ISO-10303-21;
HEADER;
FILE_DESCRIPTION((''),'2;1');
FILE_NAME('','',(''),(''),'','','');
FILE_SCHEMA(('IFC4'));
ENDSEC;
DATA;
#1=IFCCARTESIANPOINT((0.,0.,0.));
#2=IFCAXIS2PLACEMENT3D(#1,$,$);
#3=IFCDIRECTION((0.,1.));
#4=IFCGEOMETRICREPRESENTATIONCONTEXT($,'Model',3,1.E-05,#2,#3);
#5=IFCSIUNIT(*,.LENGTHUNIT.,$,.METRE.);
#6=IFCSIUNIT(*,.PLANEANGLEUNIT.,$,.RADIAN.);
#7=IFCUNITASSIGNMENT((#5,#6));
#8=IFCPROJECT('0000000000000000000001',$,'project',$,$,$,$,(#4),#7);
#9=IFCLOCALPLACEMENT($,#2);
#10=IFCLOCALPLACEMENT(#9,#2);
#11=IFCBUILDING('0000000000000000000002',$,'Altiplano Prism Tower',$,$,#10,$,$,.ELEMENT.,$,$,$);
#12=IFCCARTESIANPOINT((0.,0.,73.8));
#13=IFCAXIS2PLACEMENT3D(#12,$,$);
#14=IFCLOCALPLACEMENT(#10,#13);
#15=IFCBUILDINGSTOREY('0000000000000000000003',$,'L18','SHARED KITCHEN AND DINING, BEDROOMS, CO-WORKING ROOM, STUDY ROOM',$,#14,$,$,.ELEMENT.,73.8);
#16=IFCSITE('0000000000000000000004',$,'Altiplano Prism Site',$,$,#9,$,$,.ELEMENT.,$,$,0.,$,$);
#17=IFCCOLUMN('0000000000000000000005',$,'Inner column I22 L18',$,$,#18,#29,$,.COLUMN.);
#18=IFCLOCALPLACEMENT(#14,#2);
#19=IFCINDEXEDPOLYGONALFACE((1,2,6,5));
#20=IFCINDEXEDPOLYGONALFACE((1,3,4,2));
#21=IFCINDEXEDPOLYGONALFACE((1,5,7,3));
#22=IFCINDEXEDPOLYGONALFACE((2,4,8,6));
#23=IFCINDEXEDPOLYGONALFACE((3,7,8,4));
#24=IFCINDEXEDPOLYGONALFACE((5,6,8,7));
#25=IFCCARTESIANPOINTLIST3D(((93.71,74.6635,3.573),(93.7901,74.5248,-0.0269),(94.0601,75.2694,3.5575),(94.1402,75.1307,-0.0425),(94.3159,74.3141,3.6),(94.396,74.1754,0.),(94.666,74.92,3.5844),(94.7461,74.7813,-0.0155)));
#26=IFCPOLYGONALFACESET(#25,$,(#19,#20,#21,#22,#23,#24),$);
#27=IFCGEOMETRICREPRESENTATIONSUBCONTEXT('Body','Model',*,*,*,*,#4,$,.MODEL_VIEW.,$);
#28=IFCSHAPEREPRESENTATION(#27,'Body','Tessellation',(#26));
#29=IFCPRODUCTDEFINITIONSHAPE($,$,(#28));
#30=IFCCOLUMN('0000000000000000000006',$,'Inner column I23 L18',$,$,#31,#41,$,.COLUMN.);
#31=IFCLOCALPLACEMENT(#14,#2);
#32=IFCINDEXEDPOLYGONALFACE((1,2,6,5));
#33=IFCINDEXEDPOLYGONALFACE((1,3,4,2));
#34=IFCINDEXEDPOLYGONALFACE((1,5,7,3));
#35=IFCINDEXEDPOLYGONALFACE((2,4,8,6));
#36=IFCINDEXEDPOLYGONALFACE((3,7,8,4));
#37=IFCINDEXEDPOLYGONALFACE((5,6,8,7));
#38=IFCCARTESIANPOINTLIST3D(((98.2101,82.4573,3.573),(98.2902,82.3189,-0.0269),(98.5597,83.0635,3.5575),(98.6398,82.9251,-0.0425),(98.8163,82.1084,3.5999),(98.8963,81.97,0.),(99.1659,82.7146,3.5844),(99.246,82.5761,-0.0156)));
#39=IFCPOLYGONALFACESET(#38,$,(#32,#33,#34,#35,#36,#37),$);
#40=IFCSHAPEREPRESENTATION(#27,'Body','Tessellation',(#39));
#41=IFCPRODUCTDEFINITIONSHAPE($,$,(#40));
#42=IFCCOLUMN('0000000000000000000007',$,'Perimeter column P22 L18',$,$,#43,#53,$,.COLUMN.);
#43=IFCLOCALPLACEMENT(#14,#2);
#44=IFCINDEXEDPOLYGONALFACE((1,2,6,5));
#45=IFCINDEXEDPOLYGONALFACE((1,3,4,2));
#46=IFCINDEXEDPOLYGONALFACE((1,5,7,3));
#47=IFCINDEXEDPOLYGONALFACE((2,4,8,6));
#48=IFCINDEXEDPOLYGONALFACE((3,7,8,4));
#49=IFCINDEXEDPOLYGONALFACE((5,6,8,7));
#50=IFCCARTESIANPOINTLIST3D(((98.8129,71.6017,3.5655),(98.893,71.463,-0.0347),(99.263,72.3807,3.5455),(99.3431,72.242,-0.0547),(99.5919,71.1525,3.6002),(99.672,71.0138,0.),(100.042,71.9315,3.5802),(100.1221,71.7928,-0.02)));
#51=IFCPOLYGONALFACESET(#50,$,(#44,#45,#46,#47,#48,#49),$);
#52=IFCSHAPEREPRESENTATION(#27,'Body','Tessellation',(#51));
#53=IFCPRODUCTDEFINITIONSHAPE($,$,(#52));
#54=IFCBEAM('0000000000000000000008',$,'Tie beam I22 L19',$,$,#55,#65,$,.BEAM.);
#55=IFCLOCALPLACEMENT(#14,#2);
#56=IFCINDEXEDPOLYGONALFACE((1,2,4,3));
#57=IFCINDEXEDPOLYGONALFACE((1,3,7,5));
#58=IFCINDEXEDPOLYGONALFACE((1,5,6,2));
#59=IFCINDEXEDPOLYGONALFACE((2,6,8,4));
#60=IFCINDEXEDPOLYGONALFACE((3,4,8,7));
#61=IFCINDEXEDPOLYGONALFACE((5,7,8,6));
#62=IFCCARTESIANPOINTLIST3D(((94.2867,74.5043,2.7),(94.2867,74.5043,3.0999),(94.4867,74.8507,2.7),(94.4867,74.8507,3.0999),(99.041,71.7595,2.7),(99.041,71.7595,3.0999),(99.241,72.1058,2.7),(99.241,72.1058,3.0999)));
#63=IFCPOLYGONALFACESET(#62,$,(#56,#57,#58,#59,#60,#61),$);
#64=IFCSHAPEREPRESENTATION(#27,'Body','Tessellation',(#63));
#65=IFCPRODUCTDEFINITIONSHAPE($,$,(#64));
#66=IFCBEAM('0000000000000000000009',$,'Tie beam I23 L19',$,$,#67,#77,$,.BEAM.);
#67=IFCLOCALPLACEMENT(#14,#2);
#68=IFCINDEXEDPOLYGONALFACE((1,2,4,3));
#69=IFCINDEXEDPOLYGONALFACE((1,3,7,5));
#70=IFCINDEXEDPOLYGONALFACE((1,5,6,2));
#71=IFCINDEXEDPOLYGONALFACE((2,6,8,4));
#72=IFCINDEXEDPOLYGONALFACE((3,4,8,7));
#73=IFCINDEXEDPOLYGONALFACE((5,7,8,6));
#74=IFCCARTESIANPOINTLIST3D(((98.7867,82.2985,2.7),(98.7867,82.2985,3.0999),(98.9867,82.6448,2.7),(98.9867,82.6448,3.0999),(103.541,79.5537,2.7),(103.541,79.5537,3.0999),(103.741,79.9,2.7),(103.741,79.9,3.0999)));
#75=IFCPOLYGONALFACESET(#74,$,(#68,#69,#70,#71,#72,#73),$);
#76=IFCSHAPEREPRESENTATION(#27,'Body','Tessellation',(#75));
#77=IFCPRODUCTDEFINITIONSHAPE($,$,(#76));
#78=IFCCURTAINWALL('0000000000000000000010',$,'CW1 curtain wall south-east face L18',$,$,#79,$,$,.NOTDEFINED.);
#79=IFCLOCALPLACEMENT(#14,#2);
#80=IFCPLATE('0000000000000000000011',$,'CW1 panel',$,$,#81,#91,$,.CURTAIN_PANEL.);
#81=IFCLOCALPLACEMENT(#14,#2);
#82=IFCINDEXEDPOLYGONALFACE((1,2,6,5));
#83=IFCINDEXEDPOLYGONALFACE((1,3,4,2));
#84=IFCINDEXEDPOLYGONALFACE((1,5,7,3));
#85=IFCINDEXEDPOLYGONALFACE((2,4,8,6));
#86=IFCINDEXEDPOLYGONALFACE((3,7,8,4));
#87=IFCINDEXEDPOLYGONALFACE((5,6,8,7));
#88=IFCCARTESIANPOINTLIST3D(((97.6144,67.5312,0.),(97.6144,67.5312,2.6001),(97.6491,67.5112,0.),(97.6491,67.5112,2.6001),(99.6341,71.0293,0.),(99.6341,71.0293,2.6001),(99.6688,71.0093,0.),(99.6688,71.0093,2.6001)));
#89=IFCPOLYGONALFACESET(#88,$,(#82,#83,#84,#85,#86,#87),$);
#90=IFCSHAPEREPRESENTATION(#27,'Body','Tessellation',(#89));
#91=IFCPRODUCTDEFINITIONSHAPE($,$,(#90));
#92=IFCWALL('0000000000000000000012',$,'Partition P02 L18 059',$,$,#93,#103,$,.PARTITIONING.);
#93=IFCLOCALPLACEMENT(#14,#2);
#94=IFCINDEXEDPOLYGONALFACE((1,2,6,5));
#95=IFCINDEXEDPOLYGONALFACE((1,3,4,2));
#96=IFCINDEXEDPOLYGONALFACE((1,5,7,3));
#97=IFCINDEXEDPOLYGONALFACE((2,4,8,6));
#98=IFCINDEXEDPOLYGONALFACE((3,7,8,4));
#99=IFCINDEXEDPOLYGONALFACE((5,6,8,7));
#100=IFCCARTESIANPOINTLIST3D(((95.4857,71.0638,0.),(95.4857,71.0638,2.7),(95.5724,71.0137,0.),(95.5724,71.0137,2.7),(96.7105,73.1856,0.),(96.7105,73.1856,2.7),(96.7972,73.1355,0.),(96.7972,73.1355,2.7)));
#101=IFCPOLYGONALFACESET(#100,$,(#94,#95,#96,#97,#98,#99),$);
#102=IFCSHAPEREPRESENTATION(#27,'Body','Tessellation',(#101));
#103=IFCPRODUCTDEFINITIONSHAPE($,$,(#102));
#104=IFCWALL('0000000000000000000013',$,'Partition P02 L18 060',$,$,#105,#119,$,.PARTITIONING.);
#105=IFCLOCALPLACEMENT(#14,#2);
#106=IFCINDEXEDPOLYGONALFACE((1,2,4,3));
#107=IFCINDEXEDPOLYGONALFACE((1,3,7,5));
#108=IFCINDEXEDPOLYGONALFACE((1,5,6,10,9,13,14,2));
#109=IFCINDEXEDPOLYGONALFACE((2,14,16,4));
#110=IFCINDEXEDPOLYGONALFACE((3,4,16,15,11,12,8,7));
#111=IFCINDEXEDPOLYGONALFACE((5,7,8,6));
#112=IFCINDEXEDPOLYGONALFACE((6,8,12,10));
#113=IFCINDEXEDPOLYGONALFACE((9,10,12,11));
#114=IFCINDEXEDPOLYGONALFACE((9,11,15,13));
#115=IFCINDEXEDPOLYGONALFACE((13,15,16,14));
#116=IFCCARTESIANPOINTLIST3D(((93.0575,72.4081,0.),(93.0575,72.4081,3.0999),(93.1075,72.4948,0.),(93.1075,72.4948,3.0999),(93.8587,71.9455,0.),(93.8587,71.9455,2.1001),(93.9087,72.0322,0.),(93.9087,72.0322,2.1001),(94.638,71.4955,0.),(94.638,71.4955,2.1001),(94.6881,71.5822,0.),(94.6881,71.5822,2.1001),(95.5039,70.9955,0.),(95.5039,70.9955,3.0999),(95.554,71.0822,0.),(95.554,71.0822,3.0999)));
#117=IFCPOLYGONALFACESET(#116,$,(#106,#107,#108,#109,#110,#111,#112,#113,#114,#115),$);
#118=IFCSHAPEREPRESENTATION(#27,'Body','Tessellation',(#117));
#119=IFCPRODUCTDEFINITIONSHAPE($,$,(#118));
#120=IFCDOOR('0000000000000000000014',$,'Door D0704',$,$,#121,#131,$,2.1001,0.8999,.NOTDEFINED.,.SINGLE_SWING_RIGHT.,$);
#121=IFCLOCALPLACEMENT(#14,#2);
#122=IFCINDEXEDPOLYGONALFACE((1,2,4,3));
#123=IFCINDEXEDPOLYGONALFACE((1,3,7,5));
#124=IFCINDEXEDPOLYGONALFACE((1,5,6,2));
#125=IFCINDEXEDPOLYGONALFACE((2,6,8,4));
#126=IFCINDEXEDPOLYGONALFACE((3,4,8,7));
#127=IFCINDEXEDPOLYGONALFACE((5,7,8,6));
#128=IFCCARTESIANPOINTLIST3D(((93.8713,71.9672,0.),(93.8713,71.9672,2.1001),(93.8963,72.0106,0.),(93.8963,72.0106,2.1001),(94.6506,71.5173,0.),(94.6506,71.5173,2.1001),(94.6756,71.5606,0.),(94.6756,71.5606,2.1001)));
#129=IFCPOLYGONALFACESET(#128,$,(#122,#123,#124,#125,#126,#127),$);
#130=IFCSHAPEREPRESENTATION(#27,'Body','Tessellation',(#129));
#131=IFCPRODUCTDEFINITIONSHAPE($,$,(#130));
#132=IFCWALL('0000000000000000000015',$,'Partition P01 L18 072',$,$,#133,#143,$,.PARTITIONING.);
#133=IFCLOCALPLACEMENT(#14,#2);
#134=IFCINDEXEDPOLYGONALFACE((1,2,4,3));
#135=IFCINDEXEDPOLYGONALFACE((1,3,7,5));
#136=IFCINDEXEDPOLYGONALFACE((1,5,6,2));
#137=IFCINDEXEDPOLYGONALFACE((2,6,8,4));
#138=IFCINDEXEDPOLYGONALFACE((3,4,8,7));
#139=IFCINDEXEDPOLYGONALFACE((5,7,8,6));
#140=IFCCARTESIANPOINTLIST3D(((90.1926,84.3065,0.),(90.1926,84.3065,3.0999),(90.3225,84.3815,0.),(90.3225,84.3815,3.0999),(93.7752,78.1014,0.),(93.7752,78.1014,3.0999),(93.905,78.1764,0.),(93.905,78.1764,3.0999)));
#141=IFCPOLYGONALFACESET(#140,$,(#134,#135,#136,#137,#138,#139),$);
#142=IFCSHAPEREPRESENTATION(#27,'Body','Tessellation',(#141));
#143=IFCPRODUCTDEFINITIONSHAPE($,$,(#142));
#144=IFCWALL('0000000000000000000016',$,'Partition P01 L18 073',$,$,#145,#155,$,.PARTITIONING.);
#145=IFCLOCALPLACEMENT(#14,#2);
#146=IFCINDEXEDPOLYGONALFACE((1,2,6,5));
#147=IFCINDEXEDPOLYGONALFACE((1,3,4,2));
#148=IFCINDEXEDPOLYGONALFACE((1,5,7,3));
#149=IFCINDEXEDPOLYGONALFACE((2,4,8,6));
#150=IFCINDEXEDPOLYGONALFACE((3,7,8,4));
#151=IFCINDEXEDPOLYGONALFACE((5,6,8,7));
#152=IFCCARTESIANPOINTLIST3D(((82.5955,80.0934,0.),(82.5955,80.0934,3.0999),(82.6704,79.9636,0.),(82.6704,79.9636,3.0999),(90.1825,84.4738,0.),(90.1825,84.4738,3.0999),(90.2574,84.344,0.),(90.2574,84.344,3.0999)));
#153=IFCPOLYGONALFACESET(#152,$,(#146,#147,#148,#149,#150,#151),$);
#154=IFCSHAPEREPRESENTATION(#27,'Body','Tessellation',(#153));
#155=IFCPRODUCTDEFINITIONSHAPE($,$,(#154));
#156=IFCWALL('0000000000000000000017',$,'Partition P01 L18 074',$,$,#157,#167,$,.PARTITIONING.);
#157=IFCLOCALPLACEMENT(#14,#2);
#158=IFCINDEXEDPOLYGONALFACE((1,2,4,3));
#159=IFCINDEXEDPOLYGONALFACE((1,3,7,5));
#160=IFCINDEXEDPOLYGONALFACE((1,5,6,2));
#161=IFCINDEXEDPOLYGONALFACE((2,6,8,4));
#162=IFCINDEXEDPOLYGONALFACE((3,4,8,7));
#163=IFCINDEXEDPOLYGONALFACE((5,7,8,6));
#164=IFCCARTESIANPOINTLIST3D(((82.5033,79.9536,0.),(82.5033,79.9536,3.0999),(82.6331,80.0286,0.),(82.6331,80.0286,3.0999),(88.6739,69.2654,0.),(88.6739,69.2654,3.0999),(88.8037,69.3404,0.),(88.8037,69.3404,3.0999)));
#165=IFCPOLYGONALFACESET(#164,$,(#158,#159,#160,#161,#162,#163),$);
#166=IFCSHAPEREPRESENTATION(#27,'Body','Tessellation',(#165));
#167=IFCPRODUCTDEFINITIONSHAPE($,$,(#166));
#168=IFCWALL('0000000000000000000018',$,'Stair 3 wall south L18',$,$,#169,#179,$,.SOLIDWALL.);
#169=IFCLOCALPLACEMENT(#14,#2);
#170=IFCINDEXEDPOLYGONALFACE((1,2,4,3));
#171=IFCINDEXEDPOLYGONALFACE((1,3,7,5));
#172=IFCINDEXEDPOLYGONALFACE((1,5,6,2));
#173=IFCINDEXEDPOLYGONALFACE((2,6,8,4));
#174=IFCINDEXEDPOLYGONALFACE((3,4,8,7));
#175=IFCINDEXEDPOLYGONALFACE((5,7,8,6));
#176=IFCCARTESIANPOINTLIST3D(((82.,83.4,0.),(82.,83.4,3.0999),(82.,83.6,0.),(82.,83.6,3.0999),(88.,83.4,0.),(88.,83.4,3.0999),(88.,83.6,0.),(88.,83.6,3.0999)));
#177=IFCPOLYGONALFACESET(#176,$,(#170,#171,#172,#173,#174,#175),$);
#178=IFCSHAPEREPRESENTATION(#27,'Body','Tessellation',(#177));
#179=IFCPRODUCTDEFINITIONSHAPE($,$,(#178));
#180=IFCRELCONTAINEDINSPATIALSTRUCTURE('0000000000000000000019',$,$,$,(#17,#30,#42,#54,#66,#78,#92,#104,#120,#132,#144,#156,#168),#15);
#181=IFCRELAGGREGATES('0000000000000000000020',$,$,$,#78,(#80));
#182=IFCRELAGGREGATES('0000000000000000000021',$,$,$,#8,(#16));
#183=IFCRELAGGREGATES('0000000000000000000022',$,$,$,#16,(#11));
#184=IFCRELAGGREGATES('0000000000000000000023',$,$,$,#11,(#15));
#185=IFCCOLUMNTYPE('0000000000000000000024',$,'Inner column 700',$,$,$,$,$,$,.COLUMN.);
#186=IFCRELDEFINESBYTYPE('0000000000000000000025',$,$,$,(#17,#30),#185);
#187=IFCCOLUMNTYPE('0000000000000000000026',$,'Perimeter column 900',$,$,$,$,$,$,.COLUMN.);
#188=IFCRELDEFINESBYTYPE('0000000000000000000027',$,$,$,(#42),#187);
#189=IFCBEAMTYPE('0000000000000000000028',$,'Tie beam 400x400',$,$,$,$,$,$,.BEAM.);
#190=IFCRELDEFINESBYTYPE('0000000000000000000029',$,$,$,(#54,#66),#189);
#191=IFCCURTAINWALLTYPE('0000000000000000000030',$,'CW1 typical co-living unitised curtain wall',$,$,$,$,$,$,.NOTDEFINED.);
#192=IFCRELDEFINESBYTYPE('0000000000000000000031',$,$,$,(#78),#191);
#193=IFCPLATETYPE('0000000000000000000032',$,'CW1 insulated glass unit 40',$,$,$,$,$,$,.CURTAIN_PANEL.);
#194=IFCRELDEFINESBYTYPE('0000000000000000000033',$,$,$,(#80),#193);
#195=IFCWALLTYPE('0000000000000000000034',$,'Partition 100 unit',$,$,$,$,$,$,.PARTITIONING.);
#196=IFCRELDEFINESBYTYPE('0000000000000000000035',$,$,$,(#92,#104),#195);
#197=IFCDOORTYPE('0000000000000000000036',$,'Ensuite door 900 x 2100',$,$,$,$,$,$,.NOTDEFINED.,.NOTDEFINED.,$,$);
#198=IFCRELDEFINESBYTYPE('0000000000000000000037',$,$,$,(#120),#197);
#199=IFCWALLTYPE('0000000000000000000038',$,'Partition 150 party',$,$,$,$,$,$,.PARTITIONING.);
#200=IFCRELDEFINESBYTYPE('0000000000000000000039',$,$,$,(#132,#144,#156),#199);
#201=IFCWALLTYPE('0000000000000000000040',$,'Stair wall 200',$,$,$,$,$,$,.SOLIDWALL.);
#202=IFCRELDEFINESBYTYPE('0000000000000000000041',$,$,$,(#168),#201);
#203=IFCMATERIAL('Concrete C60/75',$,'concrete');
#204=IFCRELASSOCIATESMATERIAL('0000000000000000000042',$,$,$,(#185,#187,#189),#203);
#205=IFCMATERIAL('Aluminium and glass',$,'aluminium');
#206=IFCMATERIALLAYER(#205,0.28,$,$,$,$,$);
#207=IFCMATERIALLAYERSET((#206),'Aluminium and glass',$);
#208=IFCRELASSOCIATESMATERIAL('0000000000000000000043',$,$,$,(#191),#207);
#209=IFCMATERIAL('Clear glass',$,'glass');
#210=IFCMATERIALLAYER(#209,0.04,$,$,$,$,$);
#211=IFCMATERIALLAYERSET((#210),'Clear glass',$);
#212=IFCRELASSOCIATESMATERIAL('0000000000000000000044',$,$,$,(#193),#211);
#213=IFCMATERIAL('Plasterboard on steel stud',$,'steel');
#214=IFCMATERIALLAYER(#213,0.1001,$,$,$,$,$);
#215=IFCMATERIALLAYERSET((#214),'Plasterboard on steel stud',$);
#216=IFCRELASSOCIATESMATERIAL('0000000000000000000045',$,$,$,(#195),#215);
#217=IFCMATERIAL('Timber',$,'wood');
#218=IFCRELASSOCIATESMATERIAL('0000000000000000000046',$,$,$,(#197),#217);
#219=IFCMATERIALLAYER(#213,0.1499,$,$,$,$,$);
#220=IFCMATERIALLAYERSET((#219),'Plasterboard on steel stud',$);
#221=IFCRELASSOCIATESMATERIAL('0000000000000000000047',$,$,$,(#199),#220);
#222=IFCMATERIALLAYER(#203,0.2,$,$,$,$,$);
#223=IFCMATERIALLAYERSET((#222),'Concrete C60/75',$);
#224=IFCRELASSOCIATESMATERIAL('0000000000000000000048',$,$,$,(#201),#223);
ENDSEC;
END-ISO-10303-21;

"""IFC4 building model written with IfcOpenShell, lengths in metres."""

from ifc_helpers import new_model, si_unit, direction, frame, frame_2d, origin, origin_2d, place, context, subcontext, project, spatial, rectangle, extrude, material, layer, layer_set, material_profile, profile_set, type_object, element, fill, aggregate, save


model = new_model("IFC4")

# Units and contexts
model_context = context("Model", 3, precision=1e-05, world=origin(), true_north=direction((0.0, 1.0)))
body_context = subcontext(model_context, "Body", "Model", "MODEL_VIEW")
ifc_project = project(units=[si_unit("LENGTHUNIT", "METRE"), si_unit("PLANEANGLEUNIT", "RADIAN")], contexts=[model_context])

# Site, building, storey
site_placement = place(None, origin())
site = spatial("IfcSite", under=ifc_project, at=site_placement, Name="Altiplano Prism Site", CompositionType="ELEMENT", RefElevation=0.0)
building_placement = place(site_placement, origin())
building = spatial("IfcBuilding", under=site, at=building_placement, Name="Altiplano Prism Tower", CompositionType="ELEMENT")
storey_placement = place(building_placement, frame((0.0, 0.0, 73.8)))
storey = spatial("IfcBuildingStorey", under=building, at=storey_placement, Name="L18", Description="SHARED KITCHEN AND DINING, BEDROOMS, CO-WORKING ROOM, STUDY ROOM", CompositionType="ELEMENT", Elevation=73.8)

# Columns
ifc_material_1 = material(Name="Concrete C60/75", Category="concrete")
ifc_material_profile_1 = material_profile(ifc_material_1, rectangle(XDim=0.7, YDim=0.7, at=origin_2d()), Name="Inner column 700")
ifc_profile_set_1 = profile_set([ifc_material_profile_1], Name="Concrete C60/75")
column_type_1 = type_object("IfcColumnType", Name="Inner column 700", PredefinedType="COLUMN", material=ifc_profile_set_1)
for number, where, z_axis, x_axis, name in (
    (1, (94.2681, 74.6531, -0.0212), (-0.022223, 0.038483, 0.999012), (-0.500175, -0.865639, 0.022219), "Inner column I22 L18"),
    (2, (98.7681, 82.4475, -0.0212), (-0.022223, 0.038416, 0.999015), (-0.499513, -0.866022, 0.02219), "Inner column I23 L18"),
):
    element("IfcColumn", number, at=place(storey_placement, frame(where, z_axis=z_axis, x_axis=x_axis)), inside=storey, type_object=column_type_1, Name=name, PredefinedType="COLUMN", context=body_context, shape_type="SweptSolid", body=[
        extrude(rectangle(XDim=0.7, YDim=0.7, at=origin_2d()), origin(), (0.0, 0.0, 1.0), 3.6035),
    ])
ifc_material_profile_2 = material_profile(ifc_material_1, rectangle(XDim=0.8999, YDim=0.8999, at=origin_2d()), Name="Perimeter column 900")
ifc_profile_set_2 = profile_set([ifc_material_profile_2], Name="Concrete C60/75")
column_type_2 = type_object("IfcColumnType", Name="Perimeter column 900", PredefinedType="COLUMN", material=ifc_profile_set_2)
column_placement = place(storey_placement, frame((99.5076, 71.6279, -0.0273), z_axis=(-0.022221, 0.038481, 0.999012), x_axis=(-0.500175, -0.86564, 0.022218)))
element("IfcColumn", 3, at=column_placement, inside=storey, type_object=column_type_2, Name="Perimeter column P22 L18", PredefinedType="COLUMN", context=body_context, shape_type="SweptSolid", body=[
    extrude(rectangle(XDim=0.8999, YDim=0.8999, at=origin_2d()), origin(), (0.0, 0.0, 1.0), 3.6038),
])

# Beams
ifc_material_profile_3 = material_profile(ifc_material_1, rectangle(XDim=0.3999, YDim=0.3999, at=origin_2d()), Name="Tie beam 400x400")
ifc_profile_set_3 = profile_set([ifc_material_profile_3], Name="Concrete C60/75")
beam_type = type_object("IfcBeamType", Name="Tie beam 400x400", PredefinedType="BEAM", material=ifc_profile_set_3)
for number, where, z_axis, x_axis, name in (
    (4, (94.3867, 74.6775, 2.8999), (0.866032, -0.499989, 0.0), (0.499989, 0.866032, 0.0), "Tie beam I22 L19"),
    (5, (98.8867, 82.4717, 2.8999), (0.866032, -0.499989, 0.0), (0.499989, 0.866032, 0.0), "Tie beam I23 L19"),
):
    element("IfcBeam", number, at=place(storey_placement, frame(where, z_axis=z_axis, x_axis=x_axis)), inside=storey, type_object=beam_type, Name=name, PredefinedType="BEAM", context=body_context, shape_type="SweptSolid", body=[
        extrude(rectangle(XDim=0.3999, YDim=0.3999, at=origin_2d()), origin(), (0.0, 0.0, 1.0), 5.4897),
    ])

# Curtain wall, plate
ifc_material_2 = material(Name="Aluminium and glass", Category="aluminium")
ifc_layer_1 = layer(ifc_material_2, 0.28)
ifc_layer_set_1 = layer_set([ifc_layer_1], Name="Aluminium and glass")
curtain_wall_type = type_object("IfcCurtainWallType", Name="CW1 typical co-living unitised curtain wall", PredefinedType="NOTDEFINED", material=ifc_layer_set_1)
curtain_wall_placement = place(storey_placement, origin())
curtain_wall = element("IfcCurtainWall", 6, at=curtain_wall_placement, inside=storey, type_object=curtain_wall_type, Name="CW1 curtain wall south-east face L18", PredefinedType="NOTDEFINED")
ifc_material_3 = material(Name="Clear glass", Category="glass")
ifc_layer_2 = layer(ifc_material_3, 0.04)
ifc_layer_set_2 = layer_set([ifc_layer_2], Name="Clear glass")
plate_type = type_object("IfcPlateType", Name="CW1 insulated glass unit 40", PredefinedType="CURTAIN_PANEL", material=ifc_layer_set_2)
plate_placement = place(storey_placement, frame((98.6416, 69.2703, 0.0), z_axis=(0.0, 0.0, 1.0), x_axis=(0.5, 0.866025, 0.0)))
plate = element("IfcPlate", 7, at=plate_placement, type_object=plate_type, Name="CW1 panel", PredefinedType="CURTAIN_PANEL", context=body_context, shape_type="SweptSolid", body=[
    extrude(rectangle(XDim=4.0393, YDim=0.04, at=origin_2d()), origin(), (0.0, 0.0, 1.0), 2.6001),
])
aggregate(curtain_wall, [plate])

# Wall
ifc_material_4 = material(Name="Plasterboard on steel stud", Category="steel")
ifc_layer_3 = layer(ifc_material_4, 0.1001)
ifc_layer_set_3 = layer_set([ifc_layer_3], Name="Plasterboard on steel stud")
wall_type_1 = type_object("IfcWallType", Name="Partition 100 unit", PredefinedType="PARTITIONING", material=ifc_layer_set_3)
wall_1_placement = place(storey_placement, frame((96.7539, 73.1606, 0.0), z_axis=(0.0, 0.0, 1.0), x_axis=(-0.499944, -0.866058, 0.0)))
element("IfcWall", 8, at=wall_1_placement, inside=storey, type_object=wall_type_1, Name="Partition P02 L18 059", PredefinedType="PARTITIONING", context=body_context, shape_type="SweptSolid", body=[
    extrude(rectangle(XDim=2.45, YDim=0.1001, at=frame_2d((1.2251, 0.0))), origin(), (0.0, 0.0, 1.0), 2.7),
])

# Wall, opening, door
wall_2_placement = place(storey_placement, frame((95.5291, 71.0388, 0.0), z_axis=(0.0, 0.0, 1.0), x_axis=(-0.866011, 0.500024, 0.0)))
wall_2 = element("IfcWall", 9, at=wall_2_placement, inside=storey, type_object=wall_type_1, Name="Partition P02 L18 060", PredefinedType="PARTITIONING", context=body_context, shape_type="SweptSolid", body=[
    extrude(rectangle(XDim=2.825, YDim=0.1001, at=frame_2d((1.4126, 0.0))), origin(), (0.0, 0.0, 1.0), 3.0999),
])
opening_placement = place(wall_2_placement, frame((1.0, 0.0, 0.0)))
opening = element("IfcOpeningElement", 10, at=opening_placement, cuts=wall_2, PredefinedType="OPENING", context=body_context, shape_type="SweptSolid", body=[
    extrude(rectangle(XDim=0.8999, YDim=2.1001, at=frame_2d((0.45, 1.05))), frame((0.0, 0.0605, 0.0), z_axis=(0.0, -1.0, 0.0), x_axis=(1.0, 0.0, 0.0)), (0.0, 0.0, 1.0), 0.1211),
])
ifc_material_5 = material(Name="Timber", Category="wood")
door_type = type_object("IfcDoorType", Name="Ensuite door 900 x 2100", OperationType="NOTDEFINED", PredefinedType="NOTDEFINED", material=ifc_material_5)
door_placement = place(opening_placement, origin())
door = element("IfcDoor", 11, at=door_placement, inside=storey, type_object=door_type, Name="Door D0704", OperationType="SINGLE_SWING_RIGHT", OverallHeight=2.1001, OverallWidth=0.8999, PredefinedType="NOTDEFINED", context=body_context, shape_type="SweptSolid", body=[
    extrude(rectangle(XDim=0.8999, YDim=2.1001, at=frame_2d((0.45, 1.05))), frame((0.0, 0.0249, 0.0), z_axis=(0.0, -1.0, 0.0), x_axis=(1.0, 0.0, 0.0)), (0.0, 0.0, 1.0), 0.05),
])
fill(opening, door)

# Walls
ifc_layer_4 = layer(ifc_material_4, 0.1499)
ifc_layer_set_4 = layer_set([ifc_layer_4], Name="Plasterboard on steel stud")
wall_type_2 = type_object("IfcWallType", Name="Partition 150 party", PredefinedType="PARTITIONING", material=ifc_layer_set_4)
wall_3_placement = place(storey_placement, frame((93.8401, 78.1389, 0.0), z_axis=(0.0, 0.0, 1.0), x_axis=(-0.500002, 0.866024, 0.0)))
element("IfcWall", 12, at=wall_3_placement, inside=storey, type_object=wall_type_2, Name="Partition P01 L18 072", PredefinedType="PARTITIONING", context=body_context, shape_type="SweptSolid", body=[
    extrude(rectangle(XDim=7.165, YDim=0.1499, at=frame_2d((3.5825, 0.0))), origin(), (0.0, 0.0, 1.0), 3.0999),
])
wall_4_placement = place(storey_placement, frame((90.22, 84.4089, 0.0), z_axis=(0.0, 0.0, 1.0), x_axis=(-0.866022, -0.500005, 0.0)))
element("IfcWall", 13, at=wall_4_placement, inside=storey, type_object=wall_type_2, Name="Partition P01 L18 073", PredefinedType="PARTITIONING", context=body_context, shape_type="SweptSolid", body=[
    extrude(rectangle(XDim=8.7607, YDim=0.1499, at=frame_2d((4.3804, 0.0))), origin(), (0.0, 0.0, 1.0), 3.0999),
])
wall_5_placement = place(storey_placement, frame((82.5681, 79.9912, 0.0), z_axis=(0.0, 0.0, 1.0), x_axis=(0.499988, -0.866032, 0.0)))
element("IfcWall", 14, at=wall_5_placement, inside=storey, type_object=wall_type_2, Name="Partition P01 L18 074", PredefinedType="PARTITIONING", context=body_context, shape_type="SweptSolid", body=[
    extrude(rectangle(XDim=12.3416, YDim=0.1499, at=frame_2d((6.1709, 0.0))), origin(), (0.0, 0.0, 1.0), 3.0999),
])
ifc_layer_5 = layer(ifc_material_1, 0.2)
ifc_layer_set_5 = layer_set([ifc_layer_5], Name="Concrete C60/75")
wall_type_3 = type_object("IfcWallType", Name="Stair wall 200", PredefinedType="SOLIDWALL", material=ifc_layer_set_5)
wall_6_placement = place(storey_placement, frame((82.0, 83.5, 0.0), z_axis=(0.0, 0.0, 1.0), x_axis=(1.0, 0.0, 0.0)))
element("IfcWall", 15, at=wall_6_placement, inside=storey, type_object=wall_type_3, Name="Stair 3 wall south L18", PredefinedType="SOLIDWALL", context=body_context, shape_type="SweptSolid", body=[
    extrude(rectangle(XDim=6.0, YDim=0.2, at=frame_2d((3.0, 0.0))), origin(), (0.0, 0.0, 1.0), 3.0999),
])

save(model, "model.ifc")
